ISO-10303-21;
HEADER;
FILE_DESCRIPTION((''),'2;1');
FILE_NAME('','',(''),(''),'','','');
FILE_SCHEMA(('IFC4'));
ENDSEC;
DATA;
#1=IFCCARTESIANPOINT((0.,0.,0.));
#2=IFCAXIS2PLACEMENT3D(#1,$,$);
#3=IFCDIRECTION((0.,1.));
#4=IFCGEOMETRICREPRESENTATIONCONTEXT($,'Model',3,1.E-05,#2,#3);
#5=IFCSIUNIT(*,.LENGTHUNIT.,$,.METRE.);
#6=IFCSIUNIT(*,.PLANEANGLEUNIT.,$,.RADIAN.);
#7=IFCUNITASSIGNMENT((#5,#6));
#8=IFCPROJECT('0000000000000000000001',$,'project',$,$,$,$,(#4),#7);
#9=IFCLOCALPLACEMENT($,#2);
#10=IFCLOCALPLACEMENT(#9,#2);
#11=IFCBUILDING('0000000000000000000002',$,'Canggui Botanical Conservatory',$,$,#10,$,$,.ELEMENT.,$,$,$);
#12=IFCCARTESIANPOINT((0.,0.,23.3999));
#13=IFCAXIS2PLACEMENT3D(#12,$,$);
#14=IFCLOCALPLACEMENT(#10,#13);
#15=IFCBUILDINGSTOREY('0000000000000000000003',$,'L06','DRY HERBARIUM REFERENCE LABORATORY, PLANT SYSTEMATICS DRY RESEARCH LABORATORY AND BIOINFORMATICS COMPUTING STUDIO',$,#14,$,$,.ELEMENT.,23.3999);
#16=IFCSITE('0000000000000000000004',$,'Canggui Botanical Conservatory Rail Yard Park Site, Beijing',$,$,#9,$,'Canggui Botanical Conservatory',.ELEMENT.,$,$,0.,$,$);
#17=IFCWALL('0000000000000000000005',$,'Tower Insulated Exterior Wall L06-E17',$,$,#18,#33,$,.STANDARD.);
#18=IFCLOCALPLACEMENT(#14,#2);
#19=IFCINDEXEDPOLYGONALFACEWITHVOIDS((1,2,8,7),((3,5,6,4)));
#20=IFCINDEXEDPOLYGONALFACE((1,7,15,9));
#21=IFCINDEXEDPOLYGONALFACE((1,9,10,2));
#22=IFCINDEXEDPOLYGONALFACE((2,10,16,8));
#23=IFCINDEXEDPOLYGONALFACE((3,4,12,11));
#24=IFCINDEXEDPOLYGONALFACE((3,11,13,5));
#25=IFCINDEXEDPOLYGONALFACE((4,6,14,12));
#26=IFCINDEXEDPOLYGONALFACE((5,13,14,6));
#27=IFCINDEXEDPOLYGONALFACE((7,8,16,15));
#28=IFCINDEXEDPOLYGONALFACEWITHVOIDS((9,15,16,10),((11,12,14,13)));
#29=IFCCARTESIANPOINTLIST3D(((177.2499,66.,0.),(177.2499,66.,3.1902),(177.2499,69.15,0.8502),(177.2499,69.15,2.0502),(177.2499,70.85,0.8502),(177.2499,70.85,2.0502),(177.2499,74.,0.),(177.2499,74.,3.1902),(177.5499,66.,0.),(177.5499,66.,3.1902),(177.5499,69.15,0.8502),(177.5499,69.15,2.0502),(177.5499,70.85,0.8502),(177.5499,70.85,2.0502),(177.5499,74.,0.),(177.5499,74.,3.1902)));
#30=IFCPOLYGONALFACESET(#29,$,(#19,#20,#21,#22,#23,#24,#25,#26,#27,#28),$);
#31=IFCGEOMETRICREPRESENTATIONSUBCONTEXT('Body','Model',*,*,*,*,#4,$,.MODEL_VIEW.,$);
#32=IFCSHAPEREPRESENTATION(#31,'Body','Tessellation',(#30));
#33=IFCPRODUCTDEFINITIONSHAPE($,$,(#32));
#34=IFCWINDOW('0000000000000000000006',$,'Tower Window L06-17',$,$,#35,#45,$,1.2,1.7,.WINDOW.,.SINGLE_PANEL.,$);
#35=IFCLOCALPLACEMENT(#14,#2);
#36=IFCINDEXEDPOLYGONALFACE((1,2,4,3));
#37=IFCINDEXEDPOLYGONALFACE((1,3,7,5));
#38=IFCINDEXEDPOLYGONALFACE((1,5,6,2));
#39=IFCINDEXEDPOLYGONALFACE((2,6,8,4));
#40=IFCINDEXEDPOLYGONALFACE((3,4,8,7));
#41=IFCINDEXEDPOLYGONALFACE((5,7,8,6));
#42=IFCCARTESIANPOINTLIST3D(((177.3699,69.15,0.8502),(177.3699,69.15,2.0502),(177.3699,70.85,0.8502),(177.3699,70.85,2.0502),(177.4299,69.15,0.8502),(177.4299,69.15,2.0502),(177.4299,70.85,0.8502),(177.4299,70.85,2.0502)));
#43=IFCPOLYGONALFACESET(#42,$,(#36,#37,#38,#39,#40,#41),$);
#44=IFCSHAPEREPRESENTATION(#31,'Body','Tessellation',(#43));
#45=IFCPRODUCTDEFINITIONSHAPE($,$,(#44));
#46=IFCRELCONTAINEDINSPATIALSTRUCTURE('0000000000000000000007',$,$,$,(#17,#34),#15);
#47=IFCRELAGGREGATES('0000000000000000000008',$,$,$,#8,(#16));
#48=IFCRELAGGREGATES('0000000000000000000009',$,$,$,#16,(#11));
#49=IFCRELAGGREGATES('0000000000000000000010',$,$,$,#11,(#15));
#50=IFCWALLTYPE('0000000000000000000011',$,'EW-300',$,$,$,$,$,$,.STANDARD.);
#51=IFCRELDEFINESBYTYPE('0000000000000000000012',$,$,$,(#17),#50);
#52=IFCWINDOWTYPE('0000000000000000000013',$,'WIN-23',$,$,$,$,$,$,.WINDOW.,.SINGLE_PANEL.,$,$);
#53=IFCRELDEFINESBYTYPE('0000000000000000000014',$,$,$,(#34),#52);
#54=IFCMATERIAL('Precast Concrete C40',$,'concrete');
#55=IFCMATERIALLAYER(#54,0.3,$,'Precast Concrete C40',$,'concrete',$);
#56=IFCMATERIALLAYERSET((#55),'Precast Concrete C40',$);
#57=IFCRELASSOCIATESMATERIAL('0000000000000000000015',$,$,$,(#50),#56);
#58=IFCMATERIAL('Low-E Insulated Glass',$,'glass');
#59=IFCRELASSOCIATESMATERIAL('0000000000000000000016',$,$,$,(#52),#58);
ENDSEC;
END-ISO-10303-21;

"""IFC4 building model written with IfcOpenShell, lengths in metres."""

from ifc_helpers import new_model, si_unit, direction, frame, frame_2d, origin, place, context, subcontext, project, spatial, rectangle, extrude, material, layer, layer_set, type_object, element, fill, save


model = new_model("IFC4")

# Units and contexts
model_context = context("Model", 3, precision=1e-05, world=origin(), true_north=direction((0.0, 1.0)))
body_context = subcontext(model_context, "Body", "Model", "MODEL_VIEW")
ifc_project = project(units=[si_unit("LENGTHUNIT", "METRE"), si_unit("PLANEANGLEUNIT", "RADIAN")], contexts=[model_context])

# Site, building, storey
site_placement = place(None, origin())
site = spatial("IfcSite", under=ifc_project, at=site_placement, Name="Canggui Botanical Conservatory Rail Yard Park Site, Beijing", LongName="Canggui Botanical Conservatory", CompositionType="ELEMENT", RefElevation=0.0)
building_placement = place(site_placement, origin())
building = spatial("IfcBuilding", under=site, at=building_placement, Name="Canggui Botanical Conservatory", CompositionType="ELEMENT")
storey_placement = place(building_placement, frame((0.0, 0.0, 23.3999)))
storey = spatial("IfcBuildingStorey", under=building, at=storey_placement, Name="L06", Description="DRY HERBARIUM REFERENCE LABORATORY, PLANT SYSTEMATICS DRY RESEARCH LABORATORY AND BIOINFORMATICS COMPUTING STUDIO", CompositionType="ELEMENT", Elevation=23.3999)

# Shared definitions
ifc_material_1 = material(Name="Low-E Insulated Glass", Category="glass")

# Wall, opening, window
ifc_material_2 = material(Name="Precast Concrete C40", Category="concrete")
ifc_layer_1 = layer(ifc_material_2, 0.3, Name="Precast Concrete C40", Category="concrete")
ifc_layer_set_1 = layer_set([ifc_layer_1], Name="Precast Concrete C40")
wall_type = type_object("IfcWallType", Name="EW-300", PredefinedType="STANDARD", material=ifc_layer_set_1)
wall_placement = place(storey_placement, frame((177.3999, 74.0, 0.0), z_axis=(0.0, 0.0, 1.0), x_axis=(0.0, -1.0, 0.0)))
wall = element("IfcWall", 1, at=wall_placement, inside=storey, type_object=wall_type, Name="Tower Insulated Exterior Wall L06-E17", PredefinedType="STANDARD", context=body_context, shape_type="SweptSolid", body=[
    extrude(rectangle(XDim=8.0, YDim=0.3, at=frame_2d((4.0, 0.0))), origin(), (0.0, 0.0, 1.0), 3.1902),
])
opening_placement = place(wall_placement, frame((3.1499, 0.0, 0.8501)))
opening = element("IfcOpeningElement", 2, at=opening_placement, cuts=wall, PredefinedType="OPENING", context=body_context, shape_type="SweptSolid", body=[
    extrude(rectangle(XDim=1.7, YDim=1.2, at=frame_2d((0.8501, 0.6001))), frame((0.0, 0.1602, 0.0), z_axis=(0.0, -1.0, 0.0), x_axis=(1.0, 0.0, 0.0)), (0.0, 0.0, 1.0), 0.3201),
])
window_type = type_object("IfcWindowType", Name="WIN-23", PartitioningType="SINGLE_PANEL", PredefinedType="WINDOW", material=ifc_material_1)
window_placement = place(opening_placement, origin())
window = element("IfcWindow", 3, at=window_placement, inside=storey, type_object=window_type, Name="Tower Window L06-17", OverallHeight=1.2, OverallWidth=1.7, PartitioningType="SINGLE_PANEL", PredefinedType="WINDOW", context=body_context, shape_type="SweptSolid", body=[
    extrude(rectangle(XDim=1.7, YDim=1.2, at=frame_2d((0.8501, 0.6001))), frame((0.0, 0.03, 0.0), z_axis=(0.0, -1.0, 0.0), x_axis=(1.0, 0.0, 0.0)), (0.0, 0.0, 1.0), 0.0601),
])
fill(opening, window)

save(model, "model.ifc")
